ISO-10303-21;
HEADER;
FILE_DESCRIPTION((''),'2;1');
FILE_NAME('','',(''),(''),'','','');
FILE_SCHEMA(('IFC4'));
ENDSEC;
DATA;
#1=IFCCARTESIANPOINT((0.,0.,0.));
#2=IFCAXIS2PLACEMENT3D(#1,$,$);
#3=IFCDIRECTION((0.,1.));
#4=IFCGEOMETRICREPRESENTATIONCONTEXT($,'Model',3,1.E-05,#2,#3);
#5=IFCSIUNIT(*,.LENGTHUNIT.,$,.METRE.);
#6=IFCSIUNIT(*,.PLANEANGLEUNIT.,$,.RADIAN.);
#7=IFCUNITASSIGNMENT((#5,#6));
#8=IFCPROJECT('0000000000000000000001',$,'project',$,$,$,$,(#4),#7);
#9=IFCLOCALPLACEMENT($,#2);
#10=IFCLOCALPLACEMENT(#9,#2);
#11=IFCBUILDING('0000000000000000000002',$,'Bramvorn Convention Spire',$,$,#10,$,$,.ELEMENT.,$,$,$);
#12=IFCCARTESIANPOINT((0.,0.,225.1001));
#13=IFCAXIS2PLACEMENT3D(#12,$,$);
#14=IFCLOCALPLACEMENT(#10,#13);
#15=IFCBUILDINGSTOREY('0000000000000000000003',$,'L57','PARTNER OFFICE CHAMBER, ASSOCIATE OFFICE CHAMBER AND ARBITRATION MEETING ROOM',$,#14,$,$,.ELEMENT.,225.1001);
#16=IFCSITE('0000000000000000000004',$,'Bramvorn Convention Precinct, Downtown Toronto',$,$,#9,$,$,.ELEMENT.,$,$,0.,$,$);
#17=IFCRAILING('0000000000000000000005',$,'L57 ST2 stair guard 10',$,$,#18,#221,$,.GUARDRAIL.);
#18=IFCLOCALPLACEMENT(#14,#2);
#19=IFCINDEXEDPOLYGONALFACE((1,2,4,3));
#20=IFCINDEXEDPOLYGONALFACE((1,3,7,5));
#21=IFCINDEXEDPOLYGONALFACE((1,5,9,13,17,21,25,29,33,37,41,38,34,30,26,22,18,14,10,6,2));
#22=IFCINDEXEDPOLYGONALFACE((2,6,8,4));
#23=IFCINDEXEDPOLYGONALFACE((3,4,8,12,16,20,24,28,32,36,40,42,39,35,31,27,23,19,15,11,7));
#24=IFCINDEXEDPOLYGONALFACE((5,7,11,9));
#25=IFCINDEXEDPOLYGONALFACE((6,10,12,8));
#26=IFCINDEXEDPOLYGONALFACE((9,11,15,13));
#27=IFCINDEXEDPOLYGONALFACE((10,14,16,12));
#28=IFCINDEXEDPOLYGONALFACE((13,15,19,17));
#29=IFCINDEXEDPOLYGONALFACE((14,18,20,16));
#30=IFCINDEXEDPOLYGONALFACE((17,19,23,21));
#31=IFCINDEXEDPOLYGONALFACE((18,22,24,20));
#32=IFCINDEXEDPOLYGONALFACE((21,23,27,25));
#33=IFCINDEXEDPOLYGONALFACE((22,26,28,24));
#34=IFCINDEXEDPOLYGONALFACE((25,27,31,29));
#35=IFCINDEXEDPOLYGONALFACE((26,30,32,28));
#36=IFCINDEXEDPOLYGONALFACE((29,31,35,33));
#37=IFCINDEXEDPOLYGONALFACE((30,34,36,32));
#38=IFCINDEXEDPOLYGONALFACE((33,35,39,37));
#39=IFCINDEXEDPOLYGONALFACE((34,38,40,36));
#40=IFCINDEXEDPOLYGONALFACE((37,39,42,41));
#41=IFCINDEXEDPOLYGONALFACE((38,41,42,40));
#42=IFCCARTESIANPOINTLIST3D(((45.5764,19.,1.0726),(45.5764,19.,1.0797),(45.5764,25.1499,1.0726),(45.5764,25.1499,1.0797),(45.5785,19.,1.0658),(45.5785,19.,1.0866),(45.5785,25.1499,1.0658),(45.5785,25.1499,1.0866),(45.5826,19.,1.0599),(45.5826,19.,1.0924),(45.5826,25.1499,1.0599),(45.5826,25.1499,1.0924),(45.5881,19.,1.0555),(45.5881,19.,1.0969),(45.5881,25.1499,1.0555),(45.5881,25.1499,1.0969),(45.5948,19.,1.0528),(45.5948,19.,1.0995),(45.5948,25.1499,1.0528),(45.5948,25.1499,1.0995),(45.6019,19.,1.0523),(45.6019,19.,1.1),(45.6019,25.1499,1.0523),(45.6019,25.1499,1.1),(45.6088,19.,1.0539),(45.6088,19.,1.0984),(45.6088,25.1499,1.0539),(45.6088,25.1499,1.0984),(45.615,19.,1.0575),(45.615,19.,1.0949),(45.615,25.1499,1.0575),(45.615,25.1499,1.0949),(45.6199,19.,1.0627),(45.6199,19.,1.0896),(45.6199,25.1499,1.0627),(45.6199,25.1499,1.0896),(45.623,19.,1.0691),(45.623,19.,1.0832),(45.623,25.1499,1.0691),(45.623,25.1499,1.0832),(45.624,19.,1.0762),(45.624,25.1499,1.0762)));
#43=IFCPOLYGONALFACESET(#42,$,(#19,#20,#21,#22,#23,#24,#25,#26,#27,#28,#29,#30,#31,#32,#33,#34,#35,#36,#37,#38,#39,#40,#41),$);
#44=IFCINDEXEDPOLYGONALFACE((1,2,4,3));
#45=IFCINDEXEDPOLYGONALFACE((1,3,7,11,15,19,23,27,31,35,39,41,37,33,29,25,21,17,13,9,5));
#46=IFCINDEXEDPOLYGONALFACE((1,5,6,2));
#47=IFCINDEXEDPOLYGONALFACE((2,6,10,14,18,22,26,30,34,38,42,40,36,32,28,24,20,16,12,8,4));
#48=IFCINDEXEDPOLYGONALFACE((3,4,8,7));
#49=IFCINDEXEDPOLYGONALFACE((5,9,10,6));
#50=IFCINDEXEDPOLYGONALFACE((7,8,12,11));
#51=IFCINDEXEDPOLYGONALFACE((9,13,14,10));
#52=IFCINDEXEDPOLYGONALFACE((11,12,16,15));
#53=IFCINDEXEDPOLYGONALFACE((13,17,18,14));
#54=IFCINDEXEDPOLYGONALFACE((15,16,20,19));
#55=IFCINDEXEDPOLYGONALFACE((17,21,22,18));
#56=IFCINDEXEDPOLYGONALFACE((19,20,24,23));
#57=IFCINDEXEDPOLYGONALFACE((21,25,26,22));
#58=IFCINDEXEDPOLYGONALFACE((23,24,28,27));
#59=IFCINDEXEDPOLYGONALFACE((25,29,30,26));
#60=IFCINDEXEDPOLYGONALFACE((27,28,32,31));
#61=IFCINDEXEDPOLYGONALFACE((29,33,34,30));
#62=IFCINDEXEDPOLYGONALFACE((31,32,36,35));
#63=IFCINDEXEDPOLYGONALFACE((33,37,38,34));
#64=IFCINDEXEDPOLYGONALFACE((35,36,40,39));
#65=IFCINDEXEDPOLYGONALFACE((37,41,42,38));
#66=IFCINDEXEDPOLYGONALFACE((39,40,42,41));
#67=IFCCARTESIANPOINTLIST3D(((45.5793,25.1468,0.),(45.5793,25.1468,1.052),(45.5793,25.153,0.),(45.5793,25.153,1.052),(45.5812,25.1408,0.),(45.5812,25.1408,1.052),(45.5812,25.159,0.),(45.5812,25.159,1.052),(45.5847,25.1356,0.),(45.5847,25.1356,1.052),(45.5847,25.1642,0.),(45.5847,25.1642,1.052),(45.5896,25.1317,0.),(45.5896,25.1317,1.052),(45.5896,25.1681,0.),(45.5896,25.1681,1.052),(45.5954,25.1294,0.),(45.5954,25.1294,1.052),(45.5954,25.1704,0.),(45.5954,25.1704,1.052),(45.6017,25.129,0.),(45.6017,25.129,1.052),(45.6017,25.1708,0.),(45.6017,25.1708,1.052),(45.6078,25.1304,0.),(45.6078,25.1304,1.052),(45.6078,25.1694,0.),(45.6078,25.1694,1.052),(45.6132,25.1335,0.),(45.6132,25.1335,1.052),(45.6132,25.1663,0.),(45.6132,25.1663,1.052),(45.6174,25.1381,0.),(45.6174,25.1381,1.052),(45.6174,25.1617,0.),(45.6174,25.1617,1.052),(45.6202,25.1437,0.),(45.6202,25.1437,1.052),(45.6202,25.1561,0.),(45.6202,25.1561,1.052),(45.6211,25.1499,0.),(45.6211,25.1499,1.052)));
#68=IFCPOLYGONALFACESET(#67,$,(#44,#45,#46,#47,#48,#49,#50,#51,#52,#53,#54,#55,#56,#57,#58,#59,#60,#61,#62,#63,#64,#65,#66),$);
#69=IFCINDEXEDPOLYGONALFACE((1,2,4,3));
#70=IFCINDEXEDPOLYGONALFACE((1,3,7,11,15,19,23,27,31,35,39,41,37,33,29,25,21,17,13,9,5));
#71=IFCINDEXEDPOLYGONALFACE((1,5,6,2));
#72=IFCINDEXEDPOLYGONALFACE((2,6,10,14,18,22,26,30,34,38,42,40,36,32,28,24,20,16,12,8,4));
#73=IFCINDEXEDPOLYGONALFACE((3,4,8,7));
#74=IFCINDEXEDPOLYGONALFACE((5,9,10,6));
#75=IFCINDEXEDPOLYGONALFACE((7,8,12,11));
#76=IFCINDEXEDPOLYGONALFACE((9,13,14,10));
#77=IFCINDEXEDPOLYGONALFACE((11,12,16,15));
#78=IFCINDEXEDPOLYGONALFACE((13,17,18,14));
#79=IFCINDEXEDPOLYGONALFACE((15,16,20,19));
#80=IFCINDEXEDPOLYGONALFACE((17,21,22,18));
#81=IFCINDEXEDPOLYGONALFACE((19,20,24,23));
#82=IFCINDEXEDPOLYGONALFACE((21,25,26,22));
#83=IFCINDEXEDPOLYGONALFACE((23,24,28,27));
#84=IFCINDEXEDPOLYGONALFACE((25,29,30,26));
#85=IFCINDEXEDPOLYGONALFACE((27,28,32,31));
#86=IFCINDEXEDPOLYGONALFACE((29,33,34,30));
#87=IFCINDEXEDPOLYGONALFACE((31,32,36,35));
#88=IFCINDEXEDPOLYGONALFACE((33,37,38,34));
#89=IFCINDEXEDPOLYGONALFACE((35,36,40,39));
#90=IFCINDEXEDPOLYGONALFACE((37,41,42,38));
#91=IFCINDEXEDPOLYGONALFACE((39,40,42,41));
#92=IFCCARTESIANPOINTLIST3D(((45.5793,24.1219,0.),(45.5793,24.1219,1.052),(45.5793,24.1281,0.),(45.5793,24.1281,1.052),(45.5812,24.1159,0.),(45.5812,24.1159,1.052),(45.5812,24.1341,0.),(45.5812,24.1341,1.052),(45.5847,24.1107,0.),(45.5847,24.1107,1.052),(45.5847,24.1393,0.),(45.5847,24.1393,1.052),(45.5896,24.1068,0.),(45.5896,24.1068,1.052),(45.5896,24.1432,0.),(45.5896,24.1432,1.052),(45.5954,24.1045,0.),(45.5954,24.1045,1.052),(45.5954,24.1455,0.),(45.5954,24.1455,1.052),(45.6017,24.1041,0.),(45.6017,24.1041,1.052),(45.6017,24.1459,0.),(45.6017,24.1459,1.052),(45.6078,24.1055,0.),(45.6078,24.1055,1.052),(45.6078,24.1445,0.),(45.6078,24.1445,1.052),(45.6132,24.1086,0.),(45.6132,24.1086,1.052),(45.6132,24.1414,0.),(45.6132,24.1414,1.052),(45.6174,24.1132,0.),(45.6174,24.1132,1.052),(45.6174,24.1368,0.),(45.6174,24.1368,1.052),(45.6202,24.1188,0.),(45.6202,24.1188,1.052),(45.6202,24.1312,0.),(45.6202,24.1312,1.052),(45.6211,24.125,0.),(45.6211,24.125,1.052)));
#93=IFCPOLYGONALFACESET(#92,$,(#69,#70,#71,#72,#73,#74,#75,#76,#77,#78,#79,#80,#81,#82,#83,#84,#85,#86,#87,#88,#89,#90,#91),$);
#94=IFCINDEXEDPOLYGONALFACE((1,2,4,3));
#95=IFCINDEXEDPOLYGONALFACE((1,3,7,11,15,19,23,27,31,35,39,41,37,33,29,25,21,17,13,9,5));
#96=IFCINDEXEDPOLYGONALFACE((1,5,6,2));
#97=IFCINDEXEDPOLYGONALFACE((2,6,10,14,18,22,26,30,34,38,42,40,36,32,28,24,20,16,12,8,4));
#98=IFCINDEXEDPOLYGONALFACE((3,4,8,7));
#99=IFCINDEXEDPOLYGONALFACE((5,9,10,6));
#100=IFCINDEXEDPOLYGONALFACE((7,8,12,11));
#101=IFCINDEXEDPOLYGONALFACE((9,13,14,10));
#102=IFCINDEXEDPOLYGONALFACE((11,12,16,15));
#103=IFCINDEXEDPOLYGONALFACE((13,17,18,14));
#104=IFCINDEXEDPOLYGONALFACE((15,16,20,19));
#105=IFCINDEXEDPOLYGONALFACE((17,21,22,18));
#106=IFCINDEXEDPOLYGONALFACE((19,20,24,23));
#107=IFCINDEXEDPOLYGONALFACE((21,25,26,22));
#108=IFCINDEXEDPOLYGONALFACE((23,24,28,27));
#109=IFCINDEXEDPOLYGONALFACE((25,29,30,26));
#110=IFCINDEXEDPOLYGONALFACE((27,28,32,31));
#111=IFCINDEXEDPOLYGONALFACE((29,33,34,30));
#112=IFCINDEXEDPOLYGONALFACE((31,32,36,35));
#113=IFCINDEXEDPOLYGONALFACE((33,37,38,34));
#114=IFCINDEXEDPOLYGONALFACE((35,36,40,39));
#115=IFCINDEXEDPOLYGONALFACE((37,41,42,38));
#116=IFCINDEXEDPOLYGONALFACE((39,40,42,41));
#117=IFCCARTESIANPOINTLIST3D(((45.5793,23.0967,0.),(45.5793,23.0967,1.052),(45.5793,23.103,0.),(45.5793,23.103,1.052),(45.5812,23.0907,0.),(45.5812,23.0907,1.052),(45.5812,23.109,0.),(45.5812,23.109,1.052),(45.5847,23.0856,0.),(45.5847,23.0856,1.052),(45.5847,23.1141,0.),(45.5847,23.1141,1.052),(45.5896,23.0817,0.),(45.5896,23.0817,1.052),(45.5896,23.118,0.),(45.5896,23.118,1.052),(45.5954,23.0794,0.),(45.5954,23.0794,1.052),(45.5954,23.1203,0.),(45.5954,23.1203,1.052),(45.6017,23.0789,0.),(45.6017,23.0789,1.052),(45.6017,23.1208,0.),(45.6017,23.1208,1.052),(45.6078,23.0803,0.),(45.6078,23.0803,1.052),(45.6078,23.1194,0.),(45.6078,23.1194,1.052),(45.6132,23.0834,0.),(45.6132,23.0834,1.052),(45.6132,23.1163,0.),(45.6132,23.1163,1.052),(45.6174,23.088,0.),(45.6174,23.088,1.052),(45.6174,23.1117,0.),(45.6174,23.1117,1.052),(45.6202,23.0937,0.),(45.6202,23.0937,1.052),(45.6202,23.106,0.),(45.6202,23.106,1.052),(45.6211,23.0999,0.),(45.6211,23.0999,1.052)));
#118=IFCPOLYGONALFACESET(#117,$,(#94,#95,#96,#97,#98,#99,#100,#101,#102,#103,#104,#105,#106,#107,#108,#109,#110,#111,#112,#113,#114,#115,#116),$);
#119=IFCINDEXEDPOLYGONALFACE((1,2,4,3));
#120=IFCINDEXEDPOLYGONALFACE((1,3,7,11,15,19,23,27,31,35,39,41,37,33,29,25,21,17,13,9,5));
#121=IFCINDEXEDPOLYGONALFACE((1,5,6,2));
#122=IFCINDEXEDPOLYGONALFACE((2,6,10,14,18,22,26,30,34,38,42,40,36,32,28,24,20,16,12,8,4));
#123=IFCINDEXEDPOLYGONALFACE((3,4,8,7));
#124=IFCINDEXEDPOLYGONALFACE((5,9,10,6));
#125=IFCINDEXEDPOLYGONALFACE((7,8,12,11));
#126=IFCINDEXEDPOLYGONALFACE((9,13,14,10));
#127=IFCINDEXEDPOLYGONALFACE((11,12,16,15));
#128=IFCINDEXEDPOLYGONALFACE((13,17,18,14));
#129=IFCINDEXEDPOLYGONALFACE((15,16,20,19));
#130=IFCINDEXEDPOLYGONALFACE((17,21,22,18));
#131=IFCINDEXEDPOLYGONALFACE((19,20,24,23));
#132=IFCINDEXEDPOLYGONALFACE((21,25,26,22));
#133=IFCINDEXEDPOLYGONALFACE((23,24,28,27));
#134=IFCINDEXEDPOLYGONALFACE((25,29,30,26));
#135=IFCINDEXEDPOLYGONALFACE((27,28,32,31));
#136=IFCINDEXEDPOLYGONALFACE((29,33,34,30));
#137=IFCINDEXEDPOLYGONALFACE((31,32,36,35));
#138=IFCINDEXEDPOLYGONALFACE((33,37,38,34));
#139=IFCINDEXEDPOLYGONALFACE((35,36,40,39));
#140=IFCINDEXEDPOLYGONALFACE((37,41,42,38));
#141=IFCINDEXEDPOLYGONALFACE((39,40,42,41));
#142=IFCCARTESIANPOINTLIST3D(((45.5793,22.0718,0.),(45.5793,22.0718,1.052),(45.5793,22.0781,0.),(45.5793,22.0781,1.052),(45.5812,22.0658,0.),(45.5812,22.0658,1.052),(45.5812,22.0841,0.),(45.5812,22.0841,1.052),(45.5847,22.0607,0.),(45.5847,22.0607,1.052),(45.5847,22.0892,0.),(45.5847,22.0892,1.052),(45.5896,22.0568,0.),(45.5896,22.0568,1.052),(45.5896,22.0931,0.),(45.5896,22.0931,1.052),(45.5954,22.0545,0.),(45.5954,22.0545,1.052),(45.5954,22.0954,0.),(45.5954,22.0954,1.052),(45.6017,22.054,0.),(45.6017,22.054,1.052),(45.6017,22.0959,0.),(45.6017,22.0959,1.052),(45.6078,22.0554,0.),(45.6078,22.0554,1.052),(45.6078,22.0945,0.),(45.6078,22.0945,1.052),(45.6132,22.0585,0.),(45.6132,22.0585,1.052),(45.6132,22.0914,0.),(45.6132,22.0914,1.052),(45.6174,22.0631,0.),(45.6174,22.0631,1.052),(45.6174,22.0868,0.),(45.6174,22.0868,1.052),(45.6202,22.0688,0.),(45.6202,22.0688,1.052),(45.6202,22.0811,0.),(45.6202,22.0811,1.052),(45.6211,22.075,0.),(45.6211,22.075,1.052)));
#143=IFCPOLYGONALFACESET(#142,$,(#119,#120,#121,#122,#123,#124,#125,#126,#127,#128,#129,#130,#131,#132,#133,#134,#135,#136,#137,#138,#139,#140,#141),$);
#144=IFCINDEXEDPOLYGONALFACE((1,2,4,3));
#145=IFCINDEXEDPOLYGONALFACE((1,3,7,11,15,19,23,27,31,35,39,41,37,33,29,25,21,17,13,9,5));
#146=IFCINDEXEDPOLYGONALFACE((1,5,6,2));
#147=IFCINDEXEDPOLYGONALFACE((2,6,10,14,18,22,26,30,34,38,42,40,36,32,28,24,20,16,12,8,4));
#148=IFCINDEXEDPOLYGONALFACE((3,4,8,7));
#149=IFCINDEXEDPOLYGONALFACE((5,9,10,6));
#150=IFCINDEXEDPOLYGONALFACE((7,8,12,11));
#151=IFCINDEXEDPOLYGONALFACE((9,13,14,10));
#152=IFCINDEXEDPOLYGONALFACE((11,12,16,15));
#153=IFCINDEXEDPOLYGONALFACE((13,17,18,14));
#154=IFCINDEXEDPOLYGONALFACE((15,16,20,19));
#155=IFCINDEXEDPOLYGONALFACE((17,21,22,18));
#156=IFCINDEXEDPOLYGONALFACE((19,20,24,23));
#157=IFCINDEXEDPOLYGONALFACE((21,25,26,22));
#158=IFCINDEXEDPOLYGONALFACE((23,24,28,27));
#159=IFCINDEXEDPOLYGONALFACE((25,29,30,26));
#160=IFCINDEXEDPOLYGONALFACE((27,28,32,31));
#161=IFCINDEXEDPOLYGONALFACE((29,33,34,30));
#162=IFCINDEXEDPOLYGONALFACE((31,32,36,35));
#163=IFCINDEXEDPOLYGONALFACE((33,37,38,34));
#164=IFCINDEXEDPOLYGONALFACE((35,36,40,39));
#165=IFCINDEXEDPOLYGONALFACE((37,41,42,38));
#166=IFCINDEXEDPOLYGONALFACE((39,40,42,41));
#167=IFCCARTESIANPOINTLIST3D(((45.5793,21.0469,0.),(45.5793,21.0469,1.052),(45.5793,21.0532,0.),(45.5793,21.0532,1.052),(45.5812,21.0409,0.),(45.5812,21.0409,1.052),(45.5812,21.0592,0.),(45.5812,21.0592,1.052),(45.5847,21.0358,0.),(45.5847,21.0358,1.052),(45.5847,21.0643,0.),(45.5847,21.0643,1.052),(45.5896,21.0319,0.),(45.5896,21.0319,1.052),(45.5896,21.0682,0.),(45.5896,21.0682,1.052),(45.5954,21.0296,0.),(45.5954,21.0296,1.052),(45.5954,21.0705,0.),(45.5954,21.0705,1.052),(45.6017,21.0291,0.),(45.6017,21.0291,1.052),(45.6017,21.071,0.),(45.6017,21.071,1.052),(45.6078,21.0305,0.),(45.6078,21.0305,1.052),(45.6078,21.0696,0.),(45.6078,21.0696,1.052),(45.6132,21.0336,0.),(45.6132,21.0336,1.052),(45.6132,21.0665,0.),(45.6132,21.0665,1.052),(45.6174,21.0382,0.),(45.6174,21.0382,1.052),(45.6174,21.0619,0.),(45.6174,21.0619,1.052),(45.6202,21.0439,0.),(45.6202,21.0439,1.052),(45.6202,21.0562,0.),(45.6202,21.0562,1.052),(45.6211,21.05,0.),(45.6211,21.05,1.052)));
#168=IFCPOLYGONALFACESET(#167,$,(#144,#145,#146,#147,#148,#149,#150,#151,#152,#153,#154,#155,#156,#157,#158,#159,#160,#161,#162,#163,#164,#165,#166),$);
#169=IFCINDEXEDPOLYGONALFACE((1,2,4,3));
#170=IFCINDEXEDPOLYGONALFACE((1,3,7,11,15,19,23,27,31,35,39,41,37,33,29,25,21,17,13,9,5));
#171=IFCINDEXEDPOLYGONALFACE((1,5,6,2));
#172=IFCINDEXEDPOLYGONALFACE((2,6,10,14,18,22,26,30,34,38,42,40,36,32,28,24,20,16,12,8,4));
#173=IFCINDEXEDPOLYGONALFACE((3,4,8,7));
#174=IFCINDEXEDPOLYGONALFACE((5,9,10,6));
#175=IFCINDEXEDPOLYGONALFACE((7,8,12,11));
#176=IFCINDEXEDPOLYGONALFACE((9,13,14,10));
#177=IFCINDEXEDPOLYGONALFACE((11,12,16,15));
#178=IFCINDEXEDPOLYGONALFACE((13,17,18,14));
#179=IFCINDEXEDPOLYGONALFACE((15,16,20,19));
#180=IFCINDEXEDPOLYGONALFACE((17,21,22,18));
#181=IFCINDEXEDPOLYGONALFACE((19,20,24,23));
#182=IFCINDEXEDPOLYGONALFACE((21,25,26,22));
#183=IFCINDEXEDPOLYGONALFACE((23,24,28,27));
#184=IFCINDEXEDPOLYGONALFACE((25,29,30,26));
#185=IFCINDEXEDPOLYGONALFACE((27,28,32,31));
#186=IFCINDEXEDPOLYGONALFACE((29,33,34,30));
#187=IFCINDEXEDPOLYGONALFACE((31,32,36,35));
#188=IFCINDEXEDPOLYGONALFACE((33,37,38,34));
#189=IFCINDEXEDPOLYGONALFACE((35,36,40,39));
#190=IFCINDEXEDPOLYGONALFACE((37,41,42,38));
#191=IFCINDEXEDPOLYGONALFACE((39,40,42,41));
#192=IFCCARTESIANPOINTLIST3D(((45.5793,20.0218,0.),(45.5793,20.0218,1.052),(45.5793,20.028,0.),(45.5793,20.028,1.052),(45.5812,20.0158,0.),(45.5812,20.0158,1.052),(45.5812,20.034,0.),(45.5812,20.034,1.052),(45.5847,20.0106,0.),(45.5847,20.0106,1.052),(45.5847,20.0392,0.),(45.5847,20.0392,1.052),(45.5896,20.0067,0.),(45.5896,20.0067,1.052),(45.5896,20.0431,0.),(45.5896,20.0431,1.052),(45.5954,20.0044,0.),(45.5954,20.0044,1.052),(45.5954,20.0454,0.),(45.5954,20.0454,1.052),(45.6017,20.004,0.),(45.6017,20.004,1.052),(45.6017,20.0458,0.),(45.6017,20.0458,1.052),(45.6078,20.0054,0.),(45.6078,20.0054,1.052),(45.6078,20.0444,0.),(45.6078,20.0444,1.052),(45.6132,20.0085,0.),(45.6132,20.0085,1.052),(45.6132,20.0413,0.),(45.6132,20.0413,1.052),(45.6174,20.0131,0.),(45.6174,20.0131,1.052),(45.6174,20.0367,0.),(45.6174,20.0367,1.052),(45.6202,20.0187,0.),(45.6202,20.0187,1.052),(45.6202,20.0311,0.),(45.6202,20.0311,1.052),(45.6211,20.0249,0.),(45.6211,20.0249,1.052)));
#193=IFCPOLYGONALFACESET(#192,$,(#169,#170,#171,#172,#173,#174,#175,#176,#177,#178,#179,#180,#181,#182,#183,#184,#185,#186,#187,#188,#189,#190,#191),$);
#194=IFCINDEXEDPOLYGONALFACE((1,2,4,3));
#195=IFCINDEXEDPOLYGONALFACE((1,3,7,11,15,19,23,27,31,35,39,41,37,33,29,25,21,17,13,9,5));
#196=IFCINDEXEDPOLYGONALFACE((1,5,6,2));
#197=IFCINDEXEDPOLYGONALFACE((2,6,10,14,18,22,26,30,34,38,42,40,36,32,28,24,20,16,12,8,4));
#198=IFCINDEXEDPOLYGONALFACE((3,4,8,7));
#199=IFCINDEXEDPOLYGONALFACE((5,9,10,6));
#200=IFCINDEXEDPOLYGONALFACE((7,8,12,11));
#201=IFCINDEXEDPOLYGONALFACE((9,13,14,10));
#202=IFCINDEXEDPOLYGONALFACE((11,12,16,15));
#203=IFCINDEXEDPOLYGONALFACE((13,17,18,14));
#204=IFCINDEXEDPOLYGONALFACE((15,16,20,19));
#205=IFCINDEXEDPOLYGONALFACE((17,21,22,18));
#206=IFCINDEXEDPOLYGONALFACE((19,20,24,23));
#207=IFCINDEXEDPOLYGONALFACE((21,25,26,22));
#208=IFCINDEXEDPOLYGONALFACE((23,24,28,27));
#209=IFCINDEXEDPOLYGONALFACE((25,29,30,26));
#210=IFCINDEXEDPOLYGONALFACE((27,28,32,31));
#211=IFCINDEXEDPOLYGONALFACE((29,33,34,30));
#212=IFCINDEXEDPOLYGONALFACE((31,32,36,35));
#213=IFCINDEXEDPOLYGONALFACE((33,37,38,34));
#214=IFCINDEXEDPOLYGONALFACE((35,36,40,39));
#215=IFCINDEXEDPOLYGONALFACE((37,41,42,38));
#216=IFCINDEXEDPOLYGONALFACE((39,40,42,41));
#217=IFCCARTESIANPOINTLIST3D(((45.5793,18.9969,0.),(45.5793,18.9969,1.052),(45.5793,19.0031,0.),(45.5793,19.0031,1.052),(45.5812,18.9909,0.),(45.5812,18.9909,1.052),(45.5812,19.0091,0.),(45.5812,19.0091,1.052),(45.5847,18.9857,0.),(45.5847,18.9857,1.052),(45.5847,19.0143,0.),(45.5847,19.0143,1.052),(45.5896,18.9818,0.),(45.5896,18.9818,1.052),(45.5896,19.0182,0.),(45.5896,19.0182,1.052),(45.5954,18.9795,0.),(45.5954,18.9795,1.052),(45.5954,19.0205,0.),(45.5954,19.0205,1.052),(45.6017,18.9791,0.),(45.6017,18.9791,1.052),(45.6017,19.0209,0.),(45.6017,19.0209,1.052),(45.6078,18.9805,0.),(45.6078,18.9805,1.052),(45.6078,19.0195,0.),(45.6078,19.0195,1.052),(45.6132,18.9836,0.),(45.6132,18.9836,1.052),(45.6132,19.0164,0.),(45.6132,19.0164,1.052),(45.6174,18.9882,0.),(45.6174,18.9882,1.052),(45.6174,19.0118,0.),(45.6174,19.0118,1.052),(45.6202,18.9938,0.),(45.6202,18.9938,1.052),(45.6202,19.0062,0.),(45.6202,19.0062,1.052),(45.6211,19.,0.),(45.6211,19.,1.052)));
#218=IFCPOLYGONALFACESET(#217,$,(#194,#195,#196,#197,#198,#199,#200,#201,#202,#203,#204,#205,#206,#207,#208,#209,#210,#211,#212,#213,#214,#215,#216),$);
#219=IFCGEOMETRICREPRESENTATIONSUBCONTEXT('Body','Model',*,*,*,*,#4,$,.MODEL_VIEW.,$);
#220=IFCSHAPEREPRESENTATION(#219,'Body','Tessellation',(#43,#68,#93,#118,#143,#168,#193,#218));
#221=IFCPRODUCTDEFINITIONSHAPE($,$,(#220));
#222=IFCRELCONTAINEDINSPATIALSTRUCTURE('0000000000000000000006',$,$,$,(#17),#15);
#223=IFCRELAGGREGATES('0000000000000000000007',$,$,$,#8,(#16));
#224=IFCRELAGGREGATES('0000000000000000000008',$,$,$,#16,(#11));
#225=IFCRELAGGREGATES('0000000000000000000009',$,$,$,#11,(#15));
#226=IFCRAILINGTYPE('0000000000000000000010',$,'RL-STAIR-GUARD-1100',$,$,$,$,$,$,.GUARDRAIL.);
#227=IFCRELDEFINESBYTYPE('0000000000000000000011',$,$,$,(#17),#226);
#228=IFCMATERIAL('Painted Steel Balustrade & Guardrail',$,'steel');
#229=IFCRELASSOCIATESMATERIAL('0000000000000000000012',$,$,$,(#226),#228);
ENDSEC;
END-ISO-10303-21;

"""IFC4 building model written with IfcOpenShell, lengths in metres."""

from ifc_helpers import new_model, si_unit, direction, frame, origin, origin_2d, place, context, subcontext, project, spatial, circle, extrude, material, type_object, element, save


model = new_model("IFC4")

# Units and contexts
model_context = context("Model", 3, precision=1e-05, world=origin(), true_north=direction((0.0, 1.0)))
body_context = subcontext(model_context, "Body", "Model", "MODEL_VIEW")
ifc_project = project(units=[si_unit("LENGTHUNIT", "METRE"), si_unit("PLANEANGLEUNIT", "RADIAN")], contexts=[model_context])

# Site, building, storey
site_placement = place(None, origin())
site = spatial("IfcSite", under=ifc_project, at=site_placement, Name="Bramvorn Convention Precinct, Downtown Toronto", CompositionType="ELEMENT", RefElevation=0.0)
building_placement = place(site_placement, origin())
building = spatial("IfcBuilding", under=site, at=building_placement, Name="Bramvorn Convention Spire", CompositionType="ELEMENT")
storey_placement = place(building_placement, frame((0.0, 0.0, 225.1001)))
storey = spatial("IfcBuildingStorey", under=building, at=storey_placement, Name="L57", Description="PARTNER OFFICE CHAMBER, ASSOCIATE OFFICE CHAMBER AND ARBITRATION MEETING ROOM", CompositionType="ELEMENT", Elevation=225.1001)

# Railing
ifc_material_1 = material(Name="Painted Steel Balustrade & Guardrail", Category="steel")
railing_type_1 = type_object("IfcRailingType", Name="RL-STAIR-GUARD-1100", PredefinedType="GUARDRAIL", material=ifc_material_1)
railing_1_placement = place(storey_placement, frame((45.6001, 25.1499, 0.0)))
element("IfcRailing", 1, at=railing_1_placement, inside=storey, type_object=railing_type_1, Name="L57 ST2 stair guard 10", PredefinedType="GUARDRAIL", context=body_context, shape_type="SweptSolid", body=[
    extrude(circle(Radius=0.0239, at=origin_2d()), frame((0.0, 0.0, 1.0762), z_axis=(0.0, -1.0, 0.0), x_axis=(1.0, 0.0, 0.0)), (0.0, 0.0, 1.0), 6.1499),
    extrude(circle(Radius=0.021, at=origin_2d()), origin(), (0.0, 0.0, 1.0), 1.052),
    extrude(circle(Radius=0.021, at=origin_2d()), frame((0.0, -1.0249, 0.0)), (0.0, 0.0, 1.0), 1.052),
    extrude(circle(Radius=0.021, at=origin_2d()), frame((0.0, -2.05, 0.0)), (0.0, 0.0, 1.0), 1.052),
    extrude(circle(Radius=0.021, at=origin_2d()), frame((0.0, -3.075, 0.0)), (0.0, 0.0, 1.0), 1.052),
    extrude(circle(Radius=0.021, at=origin_2d()), frame((0.0, -4.0999, 0.0)), (0.0, 0.0, 1.0), 1.052),
    extrude(circle(Radius=0.021, at=origin_2d()), frame((0.0, -5.125, 0.0)), (0.0, 0.0, 1.0), 1.052),
    extrude(circle(Radius=0.021, at=origin_2d()), frame((0.0, -6.1499, 0.0)), (0.0, 0.0, 1.0), 1.052),
])

save(model, "model.ifc")
